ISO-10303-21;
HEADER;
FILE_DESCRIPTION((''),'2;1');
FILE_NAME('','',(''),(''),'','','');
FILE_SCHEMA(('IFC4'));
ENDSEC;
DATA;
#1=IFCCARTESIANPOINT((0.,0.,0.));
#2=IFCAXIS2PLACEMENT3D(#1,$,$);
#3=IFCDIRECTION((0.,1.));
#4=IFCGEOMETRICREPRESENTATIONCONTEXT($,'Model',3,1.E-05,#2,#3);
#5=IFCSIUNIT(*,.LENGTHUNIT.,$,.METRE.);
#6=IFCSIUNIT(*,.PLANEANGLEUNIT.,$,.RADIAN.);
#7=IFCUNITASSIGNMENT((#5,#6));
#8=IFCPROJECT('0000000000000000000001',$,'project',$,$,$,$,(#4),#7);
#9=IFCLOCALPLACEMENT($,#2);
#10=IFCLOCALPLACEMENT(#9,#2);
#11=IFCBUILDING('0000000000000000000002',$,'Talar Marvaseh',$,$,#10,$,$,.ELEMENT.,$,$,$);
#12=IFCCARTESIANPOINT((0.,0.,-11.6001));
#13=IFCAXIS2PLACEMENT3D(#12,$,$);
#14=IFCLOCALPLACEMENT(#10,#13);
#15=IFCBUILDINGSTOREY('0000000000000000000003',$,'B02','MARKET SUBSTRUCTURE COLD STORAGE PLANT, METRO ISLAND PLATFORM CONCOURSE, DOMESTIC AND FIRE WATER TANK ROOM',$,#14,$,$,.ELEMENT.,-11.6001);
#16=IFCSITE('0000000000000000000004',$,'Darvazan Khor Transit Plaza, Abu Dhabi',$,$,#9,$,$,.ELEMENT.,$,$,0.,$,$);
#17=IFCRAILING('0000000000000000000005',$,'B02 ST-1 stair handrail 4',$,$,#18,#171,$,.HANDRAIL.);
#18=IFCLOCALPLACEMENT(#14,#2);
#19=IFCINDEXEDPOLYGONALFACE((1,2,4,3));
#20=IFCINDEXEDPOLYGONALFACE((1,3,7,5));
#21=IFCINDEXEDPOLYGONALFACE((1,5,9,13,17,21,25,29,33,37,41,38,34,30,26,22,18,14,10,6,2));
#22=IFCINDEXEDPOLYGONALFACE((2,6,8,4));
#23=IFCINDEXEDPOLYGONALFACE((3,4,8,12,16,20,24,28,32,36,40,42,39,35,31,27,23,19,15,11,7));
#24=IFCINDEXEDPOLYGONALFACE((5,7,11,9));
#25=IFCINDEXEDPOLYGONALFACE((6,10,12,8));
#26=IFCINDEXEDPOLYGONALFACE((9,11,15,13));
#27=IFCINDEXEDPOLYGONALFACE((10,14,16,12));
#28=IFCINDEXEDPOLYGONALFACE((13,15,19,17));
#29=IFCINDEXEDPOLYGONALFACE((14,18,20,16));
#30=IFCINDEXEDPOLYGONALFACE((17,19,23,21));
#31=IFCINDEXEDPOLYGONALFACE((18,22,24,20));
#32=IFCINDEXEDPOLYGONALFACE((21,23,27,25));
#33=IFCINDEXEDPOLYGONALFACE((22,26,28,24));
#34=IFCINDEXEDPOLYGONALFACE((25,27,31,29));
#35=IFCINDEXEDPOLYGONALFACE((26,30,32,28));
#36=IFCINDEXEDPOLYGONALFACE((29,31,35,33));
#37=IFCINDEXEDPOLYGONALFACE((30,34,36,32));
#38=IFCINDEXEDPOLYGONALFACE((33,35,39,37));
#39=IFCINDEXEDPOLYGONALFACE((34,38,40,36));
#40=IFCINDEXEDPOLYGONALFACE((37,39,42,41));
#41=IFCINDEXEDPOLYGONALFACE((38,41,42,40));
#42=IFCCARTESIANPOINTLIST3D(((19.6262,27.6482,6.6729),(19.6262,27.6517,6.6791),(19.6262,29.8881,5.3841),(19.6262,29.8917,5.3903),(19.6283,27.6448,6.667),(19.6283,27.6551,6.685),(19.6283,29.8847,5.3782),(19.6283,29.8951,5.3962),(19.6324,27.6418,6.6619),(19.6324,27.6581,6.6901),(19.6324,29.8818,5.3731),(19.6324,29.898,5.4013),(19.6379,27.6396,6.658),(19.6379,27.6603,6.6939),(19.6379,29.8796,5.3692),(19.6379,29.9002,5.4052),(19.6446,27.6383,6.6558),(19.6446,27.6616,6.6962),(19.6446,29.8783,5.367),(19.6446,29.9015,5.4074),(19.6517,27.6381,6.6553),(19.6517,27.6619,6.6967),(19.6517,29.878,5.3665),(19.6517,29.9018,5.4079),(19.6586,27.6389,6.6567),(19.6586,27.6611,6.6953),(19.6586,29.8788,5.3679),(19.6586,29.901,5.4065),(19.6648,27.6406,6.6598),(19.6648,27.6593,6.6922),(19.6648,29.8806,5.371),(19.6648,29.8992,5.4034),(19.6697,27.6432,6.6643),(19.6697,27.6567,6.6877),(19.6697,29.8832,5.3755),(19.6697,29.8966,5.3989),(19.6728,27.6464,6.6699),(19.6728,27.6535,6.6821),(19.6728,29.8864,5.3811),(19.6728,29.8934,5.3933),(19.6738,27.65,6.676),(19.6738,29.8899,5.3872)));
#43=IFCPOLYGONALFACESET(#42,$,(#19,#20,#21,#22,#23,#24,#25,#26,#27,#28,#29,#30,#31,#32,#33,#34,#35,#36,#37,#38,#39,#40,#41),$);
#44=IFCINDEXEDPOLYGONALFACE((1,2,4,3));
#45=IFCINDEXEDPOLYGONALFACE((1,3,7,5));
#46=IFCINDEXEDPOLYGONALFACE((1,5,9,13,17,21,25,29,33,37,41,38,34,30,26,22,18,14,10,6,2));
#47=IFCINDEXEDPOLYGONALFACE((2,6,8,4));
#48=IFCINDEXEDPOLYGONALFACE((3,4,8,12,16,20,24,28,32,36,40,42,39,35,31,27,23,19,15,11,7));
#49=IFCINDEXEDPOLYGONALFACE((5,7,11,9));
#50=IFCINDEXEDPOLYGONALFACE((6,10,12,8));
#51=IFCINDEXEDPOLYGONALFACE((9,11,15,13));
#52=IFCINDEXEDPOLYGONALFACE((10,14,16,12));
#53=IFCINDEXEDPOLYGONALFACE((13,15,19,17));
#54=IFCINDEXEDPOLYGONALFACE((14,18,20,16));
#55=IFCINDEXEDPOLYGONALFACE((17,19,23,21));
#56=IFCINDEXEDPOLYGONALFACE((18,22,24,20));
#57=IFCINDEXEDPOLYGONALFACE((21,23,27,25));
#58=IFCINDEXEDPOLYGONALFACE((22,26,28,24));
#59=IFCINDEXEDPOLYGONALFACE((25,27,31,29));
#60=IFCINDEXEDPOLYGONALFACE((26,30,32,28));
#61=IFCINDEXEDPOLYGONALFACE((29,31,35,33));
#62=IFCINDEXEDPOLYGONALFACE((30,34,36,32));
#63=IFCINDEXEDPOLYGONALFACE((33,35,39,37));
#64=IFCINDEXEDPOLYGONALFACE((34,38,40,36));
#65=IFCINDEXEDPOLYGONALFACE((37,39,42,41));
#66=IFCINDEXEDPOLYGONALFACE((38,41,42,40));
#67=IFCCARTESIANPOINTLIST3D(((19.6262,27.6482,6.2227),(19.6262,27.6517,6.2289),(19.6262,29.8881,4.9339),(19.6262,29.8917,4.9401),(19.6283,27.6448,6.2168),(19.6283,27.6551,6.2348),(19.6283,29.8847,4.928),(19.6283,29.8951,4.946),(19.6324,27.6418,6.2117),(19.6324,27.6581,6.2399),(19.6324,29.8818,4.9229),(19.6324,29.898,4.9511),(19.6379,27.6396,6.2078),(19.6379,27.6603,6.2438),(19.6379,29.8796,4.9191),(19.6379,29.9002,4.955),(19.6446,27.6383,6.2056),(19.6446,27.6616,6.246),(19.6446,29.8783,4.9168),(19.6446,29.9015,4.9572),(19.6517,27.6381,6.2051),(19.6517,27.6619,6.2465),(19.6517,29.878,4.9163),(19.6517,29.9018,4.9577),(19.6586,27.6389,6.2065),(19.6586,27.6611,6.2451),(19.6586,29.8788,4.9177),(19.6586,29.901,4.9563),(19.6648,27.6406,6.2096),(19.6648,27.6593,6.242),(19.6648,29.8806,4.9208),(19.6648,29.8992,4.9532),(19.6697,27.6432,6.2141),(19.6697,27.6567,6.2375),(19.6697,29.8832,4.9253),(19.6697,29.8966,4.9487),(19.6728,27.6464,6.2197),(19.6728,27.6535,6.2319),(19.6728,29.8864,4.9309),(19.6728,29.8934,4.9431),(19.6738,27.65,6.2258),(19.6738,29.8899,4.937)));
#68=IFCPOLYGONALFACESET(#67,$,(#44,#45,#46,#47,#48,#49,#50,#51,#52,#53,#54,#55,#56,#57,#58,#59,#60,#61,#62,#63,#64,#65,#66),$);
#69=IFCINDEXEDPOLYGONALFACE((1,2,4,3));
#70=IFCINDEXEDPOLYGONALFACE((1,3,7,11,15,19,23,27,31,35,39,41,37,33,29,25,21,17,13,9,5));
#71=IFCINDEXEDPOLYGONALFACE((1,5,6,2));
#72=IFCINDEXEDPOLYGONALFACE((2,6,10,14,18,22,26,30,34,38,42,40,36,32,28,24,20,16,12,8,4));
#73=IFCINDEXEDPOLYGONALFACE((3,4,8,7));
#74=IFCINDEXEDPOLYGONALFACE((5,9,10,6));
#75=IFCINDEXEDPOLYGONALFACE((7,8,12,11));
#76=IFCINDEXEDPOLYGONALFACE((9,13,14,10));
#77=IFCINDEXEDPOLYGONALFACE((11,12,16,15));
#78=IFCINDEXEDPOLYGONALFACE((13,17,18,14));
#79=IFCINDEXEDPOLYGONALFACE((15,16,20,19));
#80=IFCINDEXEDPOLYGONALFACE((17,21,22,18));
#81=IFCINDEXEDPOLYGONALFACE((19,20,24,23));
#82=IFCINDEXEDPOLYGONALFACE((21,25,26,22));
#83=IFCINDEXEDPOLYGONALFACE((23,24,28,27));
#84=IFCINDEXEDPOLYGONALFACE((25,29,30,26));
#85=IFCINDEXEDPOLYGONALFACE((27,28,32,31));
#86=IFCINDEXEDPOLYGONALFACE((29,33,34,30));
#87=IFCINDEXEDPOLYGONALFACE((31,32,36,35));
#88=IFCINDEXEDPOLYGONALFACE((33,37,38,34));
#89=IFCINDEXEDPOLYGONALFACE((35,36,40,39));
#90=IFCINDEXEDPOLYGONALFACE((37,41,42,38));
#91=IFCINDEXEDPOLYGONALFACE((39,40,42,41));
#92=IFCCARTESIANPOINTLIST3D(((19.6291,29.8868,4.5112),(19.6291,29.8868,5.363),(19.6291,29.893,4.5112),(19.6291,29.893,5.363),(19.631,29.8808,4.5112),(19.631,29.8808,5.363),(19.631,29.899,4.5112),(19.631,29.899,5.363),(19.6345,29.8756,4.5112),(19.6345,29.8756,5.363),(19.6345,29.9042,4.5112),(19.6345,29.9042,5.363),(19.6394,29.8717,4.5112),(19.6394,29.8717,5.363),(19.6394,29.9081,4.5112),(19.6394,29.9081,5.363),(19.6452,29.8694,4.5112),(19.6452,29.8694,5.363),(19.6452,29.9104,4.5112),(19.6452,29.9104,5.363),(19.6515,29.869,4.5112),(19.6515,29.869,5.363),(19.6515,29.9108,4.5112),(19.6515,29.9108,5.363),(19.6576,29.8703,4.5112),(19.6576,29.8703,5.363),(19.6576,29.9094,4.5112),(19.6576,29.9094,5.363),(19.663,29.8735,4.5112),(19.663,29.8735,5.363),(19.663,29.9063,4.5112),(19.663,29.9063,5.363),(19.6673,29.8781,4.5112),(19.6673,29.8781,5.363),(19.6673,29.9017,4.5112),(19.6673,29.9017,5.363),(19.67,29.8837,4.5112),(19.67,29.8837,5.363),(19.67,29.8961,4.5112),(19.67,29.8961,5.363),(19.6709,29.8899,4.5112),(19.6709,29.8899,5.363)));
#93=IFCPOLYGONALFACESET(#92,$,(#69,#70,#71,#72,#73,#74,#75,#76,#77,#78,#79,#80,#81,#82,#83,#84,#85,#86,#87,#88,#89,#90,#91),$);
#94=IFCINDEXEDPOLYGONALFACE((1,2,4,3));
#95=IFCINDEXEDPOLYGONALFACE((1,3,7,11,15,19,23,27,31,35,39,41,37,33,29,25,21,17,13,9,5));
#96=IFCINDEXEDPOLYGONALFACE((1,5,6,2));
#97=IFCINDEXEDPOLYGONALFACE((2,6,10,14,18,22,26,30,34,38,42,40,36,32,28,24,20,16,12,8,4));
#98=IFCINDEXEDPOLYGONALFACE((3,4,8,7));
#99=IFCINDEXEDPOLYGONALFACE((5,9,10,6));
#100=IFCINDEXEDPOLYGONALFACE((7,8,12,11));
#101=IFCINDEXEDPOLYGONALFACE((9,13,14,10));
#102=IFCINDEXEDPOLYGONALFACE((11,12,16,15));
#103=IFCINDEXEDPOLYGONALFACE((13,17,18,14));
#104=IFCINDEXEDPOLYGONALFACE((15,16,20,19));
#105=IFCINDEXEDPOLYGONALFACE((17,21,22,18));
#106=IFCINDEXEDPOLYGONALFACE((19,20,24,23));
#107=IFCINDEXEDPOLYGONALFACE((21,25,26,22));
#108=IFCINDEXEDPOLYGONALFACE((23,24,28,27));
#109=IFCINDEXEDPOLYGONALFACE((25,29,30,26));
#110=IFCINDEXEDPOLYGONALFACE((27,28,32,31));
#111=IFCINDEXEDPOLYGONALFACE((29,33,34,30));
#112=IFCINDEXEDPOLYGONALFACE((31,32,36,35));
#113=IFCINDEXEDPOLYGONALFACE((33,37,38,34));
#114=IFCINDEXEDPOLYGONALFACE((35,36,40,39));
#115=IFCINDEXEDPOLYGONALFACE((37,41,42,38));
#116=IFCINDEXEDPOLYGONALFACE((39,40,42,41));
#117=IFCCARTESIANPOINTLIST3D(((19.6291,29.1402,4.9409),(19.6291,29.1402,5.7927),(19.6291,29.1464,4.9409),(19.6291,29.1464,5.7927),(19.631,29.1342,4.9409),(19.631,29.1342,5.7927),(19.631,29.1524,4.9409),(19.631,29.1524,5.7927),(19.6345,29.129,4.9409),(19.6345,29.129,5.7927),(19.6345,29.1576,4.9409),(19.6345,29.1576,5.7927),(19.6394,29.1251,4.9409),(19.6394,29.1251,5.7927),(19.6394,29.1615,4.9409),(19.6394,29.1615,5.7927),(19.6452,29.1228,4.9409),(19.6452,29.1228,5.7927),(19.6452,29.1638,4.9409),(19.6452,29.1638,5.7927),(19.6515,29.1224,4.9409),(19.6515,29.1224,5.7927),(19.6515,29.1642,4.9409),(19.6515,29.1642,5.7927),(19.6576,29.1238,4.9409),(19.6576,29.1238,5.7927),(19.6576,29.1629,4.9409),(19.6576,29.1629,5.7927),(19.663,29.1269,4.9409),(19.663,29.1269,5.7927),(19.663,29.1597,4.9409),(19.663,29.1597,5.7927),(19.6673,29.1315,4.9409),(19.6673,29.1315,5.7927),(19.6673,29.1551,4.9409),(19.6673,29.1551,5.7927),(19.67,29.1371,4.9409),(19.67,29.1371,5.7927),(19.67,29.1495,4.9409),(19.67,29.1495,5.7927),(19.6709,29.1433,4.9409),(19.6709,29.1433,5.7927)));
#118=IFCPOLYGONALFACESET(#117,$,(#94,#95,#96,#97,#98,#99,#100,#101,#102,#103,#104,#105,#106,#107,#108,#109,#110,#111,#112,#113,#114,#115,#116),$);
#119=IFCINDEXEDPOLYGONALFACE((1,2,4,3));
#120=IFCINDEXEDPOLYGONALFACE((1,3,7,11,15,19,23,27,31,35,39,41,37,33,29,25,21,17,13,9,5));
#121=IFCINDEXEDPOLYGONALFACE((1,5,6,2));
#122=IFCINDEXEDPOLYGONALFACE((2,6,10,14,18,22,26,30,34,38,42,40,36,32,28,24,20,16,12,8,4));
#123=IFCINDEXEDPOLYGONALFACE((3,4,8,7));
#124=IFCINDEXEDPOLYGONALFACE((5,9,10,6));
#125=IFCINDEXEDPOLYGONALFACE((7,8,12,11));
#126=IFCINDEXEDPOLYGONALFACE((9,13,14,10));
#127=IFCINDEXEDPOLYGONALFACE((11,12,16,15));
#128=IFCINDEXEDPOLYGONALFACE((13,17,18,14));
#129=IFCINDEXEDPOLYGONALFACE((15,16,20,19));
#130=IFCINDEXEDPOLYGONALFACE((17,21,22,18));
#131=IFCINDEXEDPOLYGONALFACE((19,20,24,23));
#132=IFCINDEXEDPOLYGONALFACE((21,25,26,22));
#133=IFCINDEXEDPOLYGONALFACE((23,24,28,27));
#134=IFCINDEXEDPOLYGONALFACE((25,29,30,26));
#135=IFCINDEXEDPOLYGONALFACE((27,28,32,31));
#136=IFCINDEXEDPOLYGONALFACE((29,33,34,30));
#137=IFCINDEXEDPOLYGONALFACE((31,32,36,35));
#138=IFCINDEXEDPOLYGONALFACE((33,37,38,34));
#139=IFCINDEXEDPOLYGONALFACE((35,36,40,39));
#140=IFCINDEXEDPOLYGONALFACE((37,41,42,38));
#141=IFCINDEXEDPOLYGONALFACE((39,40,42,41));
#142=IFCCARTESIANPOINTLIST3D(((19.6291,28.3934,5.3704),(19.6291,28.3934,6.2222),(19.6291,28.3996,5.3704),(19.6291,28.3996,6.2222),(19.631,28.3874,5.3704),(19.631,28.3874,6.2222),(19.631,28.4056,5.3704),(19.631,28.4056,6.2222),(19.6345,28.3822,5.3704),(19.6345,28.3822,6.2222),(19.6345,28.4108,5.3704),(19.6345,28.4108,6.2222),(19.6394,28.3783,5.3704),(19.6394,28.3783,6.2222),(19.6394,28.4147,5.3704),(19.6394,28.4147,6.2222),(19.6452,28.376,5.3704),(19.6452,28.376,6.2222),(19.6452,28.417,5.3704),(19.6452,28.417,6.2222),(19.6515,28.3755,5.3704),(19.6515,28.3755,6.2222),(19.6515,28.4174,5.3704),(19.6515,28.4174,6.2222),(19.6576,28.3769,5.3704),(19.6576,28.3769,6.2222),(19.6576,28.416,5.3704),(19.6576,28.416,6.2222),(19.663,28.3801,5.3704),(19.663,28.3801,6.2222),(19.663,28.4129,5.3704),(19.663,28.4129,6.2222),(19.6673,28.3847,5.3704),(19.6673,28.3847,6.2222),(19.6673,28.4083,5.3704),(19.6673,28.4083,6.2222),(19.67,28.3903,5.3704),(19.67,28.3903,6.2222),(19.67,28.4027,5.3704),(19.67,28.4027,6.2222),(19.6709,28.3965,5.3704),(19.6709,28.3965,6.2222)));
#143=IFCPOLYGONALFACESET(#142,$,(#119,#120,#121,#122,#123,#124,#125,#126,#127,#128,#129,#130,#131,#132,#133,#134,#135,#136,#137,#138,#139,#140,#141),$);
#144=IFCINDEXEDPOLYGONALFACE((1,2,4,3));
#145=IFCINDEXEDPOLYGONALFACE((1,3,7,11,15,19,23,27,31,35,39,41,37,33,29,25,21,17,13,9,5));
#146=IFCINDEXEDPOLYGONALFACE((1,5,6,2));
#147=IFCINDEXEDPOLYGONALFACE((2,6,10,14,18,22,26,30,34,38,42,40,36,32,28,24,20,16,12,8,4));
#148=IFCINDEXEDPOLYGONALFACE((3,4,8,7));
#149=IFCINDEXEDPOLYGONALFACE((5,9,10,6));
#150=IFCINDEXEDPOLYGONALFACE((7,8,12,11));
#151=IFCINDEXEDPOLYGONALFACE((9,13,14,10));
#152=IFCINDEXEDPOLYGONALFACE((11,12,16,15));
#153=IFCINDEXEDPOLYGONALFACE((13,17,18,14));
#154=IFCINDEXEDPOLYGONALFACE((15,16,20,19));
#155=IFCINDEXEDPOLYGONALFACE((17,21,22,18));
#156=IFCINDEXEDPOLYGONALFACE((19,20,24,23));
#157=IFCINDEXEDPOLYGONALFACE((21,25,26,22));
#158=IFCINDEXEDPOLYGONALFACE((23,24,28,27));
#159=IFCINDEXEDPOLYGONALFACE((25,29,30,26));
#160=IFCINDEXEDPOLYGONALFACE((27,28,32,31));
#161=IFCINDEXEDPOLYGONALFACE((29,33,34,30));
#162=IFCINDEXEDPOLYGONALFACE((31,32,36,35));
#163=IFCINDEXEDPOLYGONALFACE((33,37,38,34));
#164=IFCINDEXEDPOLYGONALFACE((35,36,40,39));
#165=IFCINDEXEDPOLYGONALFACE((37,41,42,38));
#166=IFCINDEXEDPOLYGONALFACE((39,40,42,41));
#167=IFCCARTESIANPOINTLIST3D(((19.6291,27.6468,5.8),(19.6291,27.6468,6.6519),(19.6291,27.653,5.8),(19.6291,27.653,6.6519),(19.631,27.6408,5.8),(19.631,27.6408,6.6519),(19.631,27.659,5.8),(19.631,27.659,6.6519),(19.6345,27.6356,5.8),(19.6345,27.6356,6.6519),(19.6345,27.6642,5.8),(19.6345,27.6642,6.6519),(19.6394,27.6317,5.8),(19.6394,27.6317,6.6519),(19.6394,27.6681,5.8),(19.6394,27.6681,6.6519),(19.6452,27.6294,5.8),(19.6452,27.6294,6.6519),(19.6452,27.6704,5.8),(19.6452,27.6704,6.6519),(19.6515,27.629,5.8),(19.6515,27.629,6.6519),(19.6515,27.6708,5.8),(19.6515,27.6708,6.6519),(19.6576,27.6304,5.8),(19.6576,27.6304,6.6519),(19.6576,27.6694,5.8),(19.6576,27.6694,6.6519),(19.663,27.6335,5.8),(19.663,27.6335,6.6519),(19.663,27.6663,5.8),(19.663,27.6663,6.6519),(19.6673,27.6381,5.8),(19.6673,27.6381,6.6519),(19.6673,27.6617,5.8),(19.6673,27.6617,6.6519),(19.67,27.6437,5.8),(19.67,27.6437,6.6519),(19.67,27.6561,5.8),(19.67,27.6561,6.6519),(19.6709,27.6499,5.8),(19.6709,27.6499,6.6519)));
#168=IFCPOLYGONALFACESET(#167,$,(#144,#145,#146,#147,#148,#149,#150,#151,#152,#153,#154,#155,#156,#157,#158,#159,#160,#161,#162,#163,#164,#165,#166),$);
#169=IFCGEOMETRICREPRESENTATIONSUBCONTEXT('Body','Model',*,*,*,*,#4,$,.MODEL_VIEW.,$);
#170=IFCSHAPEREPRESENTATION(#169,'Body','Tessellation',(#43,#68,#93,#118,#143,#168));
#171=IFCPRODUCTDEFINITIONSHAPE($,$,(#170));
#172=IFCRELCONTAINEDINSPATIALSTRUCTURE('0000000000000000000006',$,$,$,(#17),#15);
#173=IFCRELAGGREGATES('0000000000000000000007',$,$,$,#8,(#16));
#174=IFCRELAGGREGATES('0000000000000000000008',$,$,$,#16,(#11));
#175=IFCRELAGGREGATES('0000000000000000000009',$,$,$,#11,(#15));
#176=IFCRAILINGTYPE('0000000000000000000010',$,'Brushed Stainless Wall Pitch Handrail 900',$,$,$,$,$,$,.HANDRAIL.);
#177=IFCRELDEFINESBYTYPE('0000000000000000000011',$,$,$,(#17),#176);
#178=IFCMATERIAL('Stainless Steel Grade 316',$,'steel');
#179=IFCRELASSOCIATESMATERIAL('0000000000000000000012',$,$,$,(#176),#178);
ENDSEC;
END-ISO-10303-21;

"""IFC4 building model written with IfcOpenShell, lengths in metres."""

from ifc_helpers import new_model, si_unit, direction, frame, origin, origin_2d, place, context, subcontext, project, spatial, circle, extrude, material, type_object, element, save


model = new_model("IFC4")

# Units and contexts
model_context = context("Model", 3, precision=1e-05, world=origin(), true_north=direction((0.0, 1.0)))
body_context = subcontext(model_context, "Body", "Model", "MODEL_VIEW")
ifc_project = project(units=[si_unit("LENGTHUNIT", "METRE"), si_unit("PLANEANGLEUNIT", "RADIAN")], contexts=[model_context])

# Site, building, storey
site_placement = place(None, origin())
site = spatial("IfcSite", under=ifc_project, at=site_placement, Name="Darvazan Khor Transit Plaza, Abu Dhabi", CompositionType="ELEMENT", RefElevation=0.0)
building_placement = place(site_placement, origin())
building = spatial("IfcBuilding", under=site, at=building_placement, Name="Talar Marvaseh", CompositionType="ELEMENT")
storey_placement = place(building_placement, frame((0.0, 0.0, -11.6001)))
storey = spatial("IfcBuildingStorey", under=building, at=storey_placement, Name="B02", Description="MARKET SUBSTRUCTURE COLD STORAGE PLANT, METRO ISLAND PLATFORM CONCOURSE, DOMESTIC AND FIRE WATER TANK ROOM", CompositionType="ELEMENT", Elevation=-11.6001)

# Railing
ifc_material_1 = material(Name="Stainless Steel Grade 316", Category="steel")
railing_type_1 = type_object("IfcRailingType", Name="Brushed Stainless Wall Pitch Handrail 900", PredefinedType="HANDRAIL", material=ifc_material_1)
for number, where, name in (
    (1, (19.6499, 29.8899, 4.5112), "B02 ST-1 stair handrail 4"),
):
    element("IfcRailing", number, at=place(storey_placement, frame(where)), inside=storey, type_object=railing_type_1, Name=name, PredefinedType="HANDRAIL", context=body_context, shape_type="SweptSolid", body=[
        extrude(circle(Radius=0.0239, at=origin_2d()), frame((0.0, 0.0, 0.876), z_axis=(0.0, -0.866768, 0.498711), x_axis=(1.0, 0.0, 0.0)), (0.0, 0.0, 1.0), 2.5842),
        extrude(circle(Radius=0.0239, at=origin_2d()), frame((0.0, 0.0, 0.4258), z_axis=(0.0, -0.866768, 0.498711), x_axis=(1.0, 0.0, 0.0)), (0.0, 0.0, 1.0), 2.5842),
        extrude(circle(Radius=0.021, at=origin_2d()), origin(), (0.0, 0.0, 1.0), 0.8518),
        extrude(circle(Radius=0.021, at=origin_2d()), frame((0.0, -0.7466, 0.4297)), (0.0, 0.0, 1.0), 0.8518),
        extrude(circle(Radius=0.021, at=origin_2d()), frame((0.0, -1.4934, 0.8591)), (0.0, 0.0, 1.0), 0.8518),
        extrude(circle(Radius=0.021, at=origin_2d()), frame((0.0, -2.24, 1.2888)), (0.0, 0.0, 1.0), 0.8518),
    ])

save(model, "model.ifc")
